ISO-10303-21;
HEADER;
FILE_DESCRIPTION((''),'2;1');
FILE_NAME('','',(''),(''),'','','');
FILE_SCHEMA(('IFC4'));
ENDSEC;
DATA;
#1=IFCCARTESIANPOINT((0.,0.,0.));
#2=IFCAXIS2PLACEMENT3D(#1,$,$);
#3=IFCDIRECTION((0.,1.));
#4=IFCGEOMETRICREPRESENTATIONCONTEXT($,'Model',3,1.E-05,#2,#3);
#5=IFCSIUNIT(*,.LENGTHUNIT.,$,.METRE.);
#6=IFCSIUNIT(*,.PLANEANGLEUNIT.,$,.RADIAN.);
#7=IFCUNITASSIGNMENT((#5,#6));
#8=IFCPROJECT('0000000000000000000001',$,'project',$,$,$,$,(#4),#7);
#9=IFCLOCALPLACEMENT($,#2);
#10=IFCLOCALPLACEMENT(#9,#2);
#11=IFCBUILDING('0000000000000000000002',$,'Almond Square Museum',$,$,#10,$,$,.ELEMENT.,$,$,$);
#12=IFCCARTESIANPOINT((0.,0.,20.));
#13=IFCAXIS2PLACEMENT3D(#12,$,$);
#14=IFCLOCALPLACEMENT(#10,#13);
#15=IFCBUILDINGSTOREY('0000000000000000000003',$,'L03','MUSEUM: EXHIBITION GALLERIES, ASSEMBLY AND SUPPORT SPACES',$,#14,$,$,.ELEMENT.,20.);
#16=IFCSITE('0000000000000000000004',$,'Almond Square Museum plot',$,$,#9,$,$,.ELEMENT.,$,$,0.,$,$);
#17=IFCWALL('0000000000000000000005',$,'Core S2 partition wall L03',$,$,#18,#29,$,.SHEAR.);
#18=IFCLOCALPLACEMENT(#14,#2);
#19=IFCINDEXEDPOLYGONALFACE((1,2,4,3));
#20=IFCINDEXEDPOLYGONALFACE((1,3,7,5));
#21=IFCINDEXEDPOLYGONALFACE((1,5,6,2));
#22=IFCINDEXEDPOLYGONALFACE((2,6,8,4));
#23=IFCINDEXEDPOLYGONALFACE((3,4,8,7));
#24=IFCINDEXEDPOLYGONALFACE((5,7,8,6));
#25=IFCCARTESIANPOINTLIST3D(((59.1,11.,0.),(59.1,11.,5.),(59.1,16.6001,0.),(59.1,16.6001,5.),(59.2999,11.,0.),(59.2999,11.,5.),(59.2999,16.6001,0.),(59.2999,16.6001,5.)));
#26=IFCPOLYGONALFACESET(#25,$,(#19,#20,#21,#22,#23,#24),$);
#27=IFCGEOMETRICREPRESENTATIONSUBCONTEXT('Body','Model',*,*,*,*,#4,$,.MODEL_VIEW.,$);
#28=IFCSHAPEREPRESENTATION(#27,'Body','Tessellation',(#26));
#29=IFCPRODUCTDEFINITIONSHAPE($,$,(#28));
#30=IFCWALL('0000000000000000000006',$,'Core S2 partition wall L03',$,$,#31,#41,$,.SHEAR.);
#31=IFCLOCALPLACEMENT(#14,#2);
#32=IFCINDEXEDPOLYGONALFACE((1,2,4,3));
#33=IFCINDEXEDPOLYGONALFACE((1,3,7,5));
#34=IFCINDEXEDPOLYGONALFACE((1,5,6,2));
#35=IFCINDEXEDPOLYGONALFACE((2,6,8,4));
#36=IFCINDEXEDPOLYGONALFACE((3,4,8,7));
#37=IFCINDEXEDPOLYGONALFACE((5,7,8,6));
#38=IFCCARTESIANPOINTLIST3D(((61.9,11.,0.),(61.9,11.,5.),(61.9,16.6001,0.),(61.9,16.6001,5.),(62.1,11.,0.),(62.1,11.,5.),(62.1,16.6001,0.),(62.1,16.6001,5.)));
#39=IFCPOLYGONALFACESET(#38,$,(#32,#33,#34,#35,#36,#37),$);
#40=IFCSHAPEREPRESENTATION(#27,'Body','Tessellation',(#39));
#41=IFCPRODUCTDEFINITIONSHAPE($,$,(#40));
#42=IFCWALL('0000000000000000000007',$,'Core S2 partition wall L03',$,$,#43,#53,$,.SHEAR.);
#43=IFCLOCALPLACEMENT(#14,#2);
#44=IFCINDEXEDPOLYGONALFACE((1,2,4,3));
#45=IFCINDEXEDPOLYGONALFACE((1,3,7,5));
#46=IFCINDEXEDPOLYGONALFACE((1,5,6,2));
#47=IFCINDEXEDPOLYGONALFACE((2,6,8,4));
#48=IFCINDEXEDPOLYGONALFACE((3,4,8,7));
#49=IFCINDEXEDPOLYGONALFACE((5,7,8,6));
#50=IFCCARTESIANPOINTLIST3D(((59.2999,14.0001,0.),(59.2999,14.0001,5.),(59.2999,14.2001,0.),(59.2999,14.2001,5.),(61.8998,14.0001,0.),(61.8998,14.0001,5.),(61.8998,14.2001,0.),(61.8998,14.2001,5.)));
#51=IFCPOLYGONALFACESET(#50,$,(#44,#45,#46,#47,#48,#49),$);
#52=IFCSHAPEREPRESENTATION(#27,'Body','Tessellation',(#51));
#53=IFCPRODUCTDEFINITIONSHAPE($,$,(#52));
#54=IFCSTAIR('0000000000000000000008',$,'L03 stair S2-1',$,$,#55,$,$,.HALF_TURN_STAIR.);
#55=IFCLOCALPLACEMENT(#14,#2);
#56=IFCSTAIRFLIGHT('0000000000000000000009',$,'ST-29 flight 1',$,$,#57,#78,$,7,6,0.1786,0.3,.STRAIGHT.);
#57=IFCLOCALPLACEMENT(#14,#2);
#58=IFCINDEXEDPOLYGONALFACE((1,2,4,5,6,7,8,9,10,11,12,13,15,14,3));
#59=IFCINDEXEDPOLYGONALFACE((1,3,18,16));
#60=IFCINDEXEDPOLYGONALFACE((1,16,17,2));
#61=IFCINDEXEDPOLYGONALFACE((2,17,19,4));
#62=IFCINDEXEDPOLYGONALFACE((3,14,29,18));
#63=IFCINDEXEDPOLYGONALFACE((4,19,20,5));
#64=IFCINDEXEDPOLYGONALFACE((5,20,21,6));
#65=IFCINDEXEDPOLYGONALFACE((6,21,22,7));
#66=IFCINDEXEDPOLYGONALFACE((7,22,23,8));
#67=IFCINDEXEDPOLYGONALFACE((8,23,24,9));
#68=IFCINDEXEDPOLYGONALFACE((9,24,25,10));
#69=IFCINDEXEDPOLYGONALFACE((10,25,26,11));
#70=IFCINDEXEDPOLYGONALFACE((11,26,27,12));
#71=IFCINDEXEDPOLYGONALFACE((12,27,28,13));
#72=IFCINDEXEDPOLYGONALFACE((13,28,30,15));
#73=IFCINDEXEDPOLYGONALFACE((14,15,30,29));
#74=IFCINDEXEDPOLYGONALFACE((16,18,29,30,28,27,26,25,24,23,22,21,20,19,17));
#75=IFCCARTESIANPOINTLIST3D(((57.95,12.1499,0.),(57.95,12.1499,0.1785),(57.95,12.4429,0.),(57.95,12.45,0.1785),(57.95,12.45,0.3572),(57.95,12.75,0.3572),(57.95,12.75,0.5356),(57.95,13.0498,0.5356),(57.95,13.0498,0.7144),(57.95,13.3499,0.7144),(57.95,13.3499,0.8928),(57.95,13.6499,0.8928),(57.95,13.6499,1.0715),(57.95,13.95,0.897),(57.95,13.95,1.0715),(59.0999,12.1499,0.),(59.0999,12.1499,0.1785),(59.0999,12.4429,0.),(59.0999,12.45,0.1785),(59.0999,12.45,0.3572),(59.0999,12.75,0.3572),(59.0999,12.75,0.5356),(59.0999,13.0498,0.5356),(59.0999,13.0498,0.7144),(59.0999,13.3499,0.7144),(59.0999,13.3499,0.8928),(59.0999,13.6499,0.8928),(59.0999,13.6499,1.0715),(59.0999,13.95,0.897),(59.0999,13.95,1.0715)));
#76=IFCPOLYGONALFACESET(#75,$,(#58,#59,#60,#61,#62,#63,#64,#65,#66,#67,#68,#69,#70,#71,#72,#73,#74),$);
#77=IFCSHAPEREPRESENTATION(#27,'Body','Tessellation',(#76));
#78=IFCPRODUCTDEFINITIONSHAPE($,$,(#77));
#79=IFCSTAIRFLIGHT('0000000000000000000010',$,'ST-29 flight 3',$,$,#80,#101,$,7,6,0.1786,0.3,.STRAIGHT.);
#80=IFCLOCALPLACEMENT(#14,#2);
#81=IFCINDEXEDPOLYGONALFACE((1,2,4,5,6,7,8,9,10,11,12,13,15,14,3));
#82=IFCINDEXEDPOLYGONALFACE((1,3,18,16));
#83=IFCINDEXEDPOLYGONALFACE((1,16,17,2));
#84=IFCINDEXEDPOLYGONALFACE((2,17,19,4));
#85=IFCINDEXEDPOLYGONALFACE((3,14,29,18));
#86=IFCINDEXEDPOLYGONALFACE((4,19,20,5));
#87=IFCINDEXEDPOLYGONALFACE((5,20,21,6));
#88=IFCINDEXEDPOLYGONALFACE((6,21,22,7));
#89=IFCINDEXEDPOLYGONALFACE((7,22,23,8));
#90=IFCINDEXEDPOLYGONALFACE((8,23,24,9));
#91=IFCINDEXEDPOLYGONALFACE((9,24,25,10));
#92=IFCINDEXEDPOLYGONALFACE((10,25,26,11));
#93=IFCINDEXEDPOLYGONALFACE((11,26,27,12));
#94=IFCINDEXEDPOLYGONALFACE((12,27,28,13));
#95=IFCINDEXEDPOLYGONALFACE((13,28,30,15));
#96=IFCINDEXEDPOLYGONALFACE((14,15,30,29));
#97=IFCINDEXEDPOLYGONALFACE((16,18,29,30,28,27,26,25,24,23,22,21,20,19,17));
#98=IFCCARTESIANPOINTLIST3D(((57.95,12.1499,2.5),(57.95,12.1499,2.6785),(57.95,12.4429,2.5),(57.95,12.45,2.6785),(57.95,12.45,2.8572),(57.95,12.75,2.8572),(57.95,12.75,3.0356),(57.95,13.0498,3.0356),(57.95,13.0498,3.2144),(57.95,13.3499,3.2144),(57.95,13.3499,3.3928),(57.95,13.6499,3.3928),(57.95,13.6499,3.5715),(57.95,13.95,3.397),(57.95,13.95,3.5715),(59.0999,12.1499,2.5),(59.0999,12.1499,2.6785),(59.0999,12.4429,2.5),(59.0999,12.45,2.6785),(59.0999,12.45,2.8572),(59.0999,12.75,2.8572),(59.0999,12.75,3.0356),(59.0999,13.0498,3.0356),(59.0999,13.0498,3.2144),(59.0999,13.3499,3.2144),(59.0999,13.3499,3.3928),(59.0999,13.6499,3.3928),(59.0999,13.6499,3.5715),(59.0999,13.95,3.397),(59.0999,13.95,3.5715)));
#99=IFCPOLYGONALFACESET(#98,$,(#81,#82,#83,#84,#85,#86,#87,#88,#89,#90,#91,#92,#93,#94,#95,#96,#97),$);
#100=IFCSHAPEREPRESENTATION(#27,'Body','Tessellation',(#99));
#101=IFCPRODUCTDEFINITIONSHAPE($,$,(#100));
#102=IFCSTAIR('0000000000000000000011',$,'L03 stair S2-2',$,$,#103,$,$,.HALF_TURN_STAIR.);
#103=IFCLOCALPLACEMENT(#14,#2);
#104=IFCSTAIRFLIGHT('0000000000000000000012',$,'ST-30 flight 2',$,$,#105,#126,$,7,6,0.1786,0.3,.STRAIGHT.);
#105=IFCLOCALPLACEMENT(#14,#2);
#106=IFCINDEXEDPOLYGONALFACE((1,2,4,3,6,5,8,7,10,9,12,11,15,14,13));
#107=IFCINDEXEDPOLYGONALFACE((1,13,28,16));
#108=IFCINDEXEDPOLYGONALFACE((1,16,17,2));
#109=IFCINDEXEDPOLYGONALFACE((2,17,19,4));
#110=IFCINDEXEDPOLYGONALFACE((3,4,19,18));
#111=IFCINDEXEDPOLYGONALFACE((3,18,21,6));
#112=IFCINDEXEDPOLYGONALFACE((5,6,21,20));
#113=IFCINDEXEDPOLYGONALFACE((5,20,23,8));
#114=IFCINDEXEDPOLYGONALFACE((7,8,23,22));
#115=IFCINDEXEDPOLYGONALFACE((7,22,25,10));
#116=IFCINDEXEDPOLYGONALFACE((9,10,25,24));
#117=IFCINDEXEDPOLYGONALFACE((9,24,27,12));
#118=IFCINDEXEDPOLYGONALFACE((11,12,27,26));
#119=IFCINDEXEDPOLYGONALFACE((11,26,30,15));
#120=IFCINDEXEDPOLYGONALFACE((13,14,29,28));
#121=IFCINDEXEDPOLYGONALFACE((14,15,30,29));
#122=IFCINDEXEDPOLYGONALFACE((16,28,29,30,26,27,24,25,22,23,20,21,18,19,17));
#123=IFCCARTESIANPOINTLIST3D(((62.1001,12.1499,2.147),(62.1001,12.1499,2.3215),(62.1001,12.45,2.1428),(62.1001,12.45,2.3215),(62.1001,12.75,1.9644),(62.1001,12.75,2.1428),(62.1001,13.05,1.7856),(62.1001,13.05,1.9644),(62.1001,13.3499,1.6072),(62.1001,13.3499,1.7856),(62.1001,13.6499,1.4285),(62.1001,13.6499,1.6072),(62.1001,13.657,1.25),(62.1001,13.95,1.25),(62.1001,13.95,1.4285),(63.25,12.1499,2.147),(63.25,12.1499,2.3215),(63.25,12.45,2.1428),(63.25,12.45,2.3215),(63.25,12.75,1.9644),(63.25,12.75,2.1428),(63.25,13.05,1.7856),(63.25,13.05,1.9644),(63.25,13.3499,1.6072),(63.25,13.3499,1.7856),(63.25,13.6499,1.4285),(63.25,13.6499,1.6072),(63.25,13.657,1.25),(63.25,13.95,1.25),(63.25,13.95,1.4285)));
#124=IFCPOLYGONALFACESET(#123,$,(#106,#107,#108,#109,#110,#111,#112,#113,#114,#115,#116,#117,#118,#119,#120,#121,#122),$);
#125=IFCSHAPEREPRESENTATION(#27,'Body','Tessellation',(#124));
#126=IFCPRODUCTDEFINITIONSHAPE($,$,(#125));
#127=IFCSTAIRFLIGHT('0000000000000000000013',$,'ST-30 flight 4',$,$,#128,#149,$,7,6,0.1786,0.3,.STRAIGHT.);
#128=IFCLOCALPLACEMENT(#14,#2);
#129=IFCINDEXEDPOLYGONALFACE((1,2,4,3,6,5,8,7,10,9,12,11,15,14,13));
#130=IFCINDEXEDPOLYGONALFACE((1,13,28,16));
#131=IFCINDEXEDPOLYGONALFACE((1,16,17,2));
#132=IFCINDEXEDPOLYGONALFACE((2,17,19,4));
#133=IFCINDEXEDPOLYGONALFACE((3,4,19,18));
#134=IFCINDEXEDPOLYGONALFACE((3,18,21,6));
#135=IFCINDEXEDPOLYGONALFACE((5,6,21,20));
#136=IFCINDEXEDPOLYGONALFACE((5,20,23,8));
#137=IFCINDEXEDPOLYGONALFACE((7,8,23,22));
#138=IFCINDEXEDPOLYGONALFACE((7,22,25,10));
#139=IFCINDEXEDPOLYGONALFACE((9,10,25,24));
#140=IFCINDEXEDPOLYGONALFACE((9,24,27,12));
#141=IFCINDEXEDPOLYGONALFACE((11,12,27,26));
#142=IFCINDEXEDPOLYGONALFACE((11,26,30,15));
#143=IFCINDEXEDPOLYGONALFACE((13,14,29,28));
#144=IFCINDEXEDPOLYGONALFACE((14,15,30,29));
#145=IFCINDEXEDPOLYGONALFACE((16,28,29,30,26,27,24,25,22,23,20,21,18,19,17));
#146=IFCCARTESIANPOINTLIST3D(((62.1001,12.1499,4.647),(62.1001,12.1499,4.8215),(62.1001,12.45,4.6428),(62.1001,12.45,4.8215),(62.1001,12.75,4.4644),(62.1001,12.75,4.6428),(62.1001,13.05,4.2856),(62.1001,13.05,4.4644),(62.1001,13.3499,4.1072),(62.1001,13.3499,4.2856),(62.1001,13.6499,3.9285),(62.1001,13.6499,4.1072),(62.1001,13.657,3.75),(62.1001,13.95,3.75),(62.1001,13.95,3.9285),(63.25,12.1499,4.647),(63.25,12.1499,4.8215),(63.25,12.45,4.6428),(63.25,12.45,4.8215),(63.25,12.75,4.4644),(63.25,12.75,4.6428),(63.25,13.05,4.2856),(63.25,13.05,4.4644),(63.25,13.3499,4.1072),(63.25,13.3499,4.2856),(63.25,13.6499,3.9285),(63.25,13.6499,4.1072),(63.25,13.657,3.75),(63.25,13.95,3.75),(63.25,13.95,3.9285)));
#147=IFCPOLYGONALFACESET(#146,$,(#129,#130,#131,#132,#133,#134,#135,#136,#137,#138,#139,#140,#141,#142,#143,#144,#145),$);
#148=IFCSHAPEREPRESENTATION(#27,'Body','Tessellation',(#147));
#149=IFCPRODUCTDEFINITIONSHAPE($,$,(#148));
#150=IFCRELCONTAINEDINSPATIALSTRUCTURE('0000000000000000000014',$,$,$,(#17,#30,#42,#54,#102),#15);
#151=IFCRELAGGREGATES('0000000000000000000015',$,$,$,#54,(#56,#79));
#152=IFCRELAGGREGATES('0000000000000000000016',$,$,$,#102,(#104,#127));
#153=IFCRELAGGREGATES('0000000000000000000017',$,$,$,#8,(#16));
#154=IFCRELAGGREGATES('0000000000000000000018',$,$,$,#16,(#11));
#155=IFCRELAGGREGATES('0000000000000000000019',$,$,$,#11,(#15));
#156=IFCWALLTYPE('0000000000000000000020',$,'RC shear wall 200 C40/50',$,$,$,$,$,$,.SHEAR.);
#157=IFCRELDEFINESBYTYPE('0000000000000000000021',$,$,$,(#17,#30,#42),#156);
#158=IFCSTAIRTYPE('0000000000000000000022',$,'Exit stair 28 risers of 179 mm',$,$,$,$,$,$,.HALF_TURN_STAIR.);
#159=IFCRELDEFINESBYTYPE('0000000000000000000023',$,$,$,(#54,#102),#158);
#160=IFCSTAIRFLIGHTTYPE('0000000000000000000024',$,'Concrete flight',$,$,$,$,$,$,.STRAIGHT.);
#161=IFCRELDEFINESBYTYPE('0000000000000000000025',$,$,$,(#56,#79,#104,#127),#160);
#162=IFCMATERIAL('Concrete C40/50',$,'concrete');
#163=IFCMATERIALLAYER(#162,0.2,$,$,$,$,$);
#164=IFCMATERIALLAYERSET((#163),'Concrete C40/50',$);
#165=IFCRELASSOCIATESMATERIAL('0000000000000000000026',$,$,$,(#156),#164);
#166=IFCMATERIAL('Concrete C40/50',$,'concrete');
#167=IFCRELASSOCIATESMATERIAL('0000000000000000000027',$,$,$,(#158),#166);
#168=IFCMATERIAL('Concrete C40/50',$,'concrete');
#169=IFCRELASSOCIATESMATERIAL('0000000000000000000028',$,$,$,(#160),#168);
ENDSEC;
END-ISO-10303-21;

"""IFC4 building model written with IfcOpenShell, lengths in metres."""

from ifc_helpers import new_model, si_unit, direction, frame, frame_2d, origin, place, context, subcontext, project, spatial, polyline, rectangle, outline, extrude, material, layer, layer_set, type_object, element, aggregate, save


model = new_model("IFC4")

# Units and contexts
model_context = context("Model", 3, precision=1e-05, world=origin(), true_north=direction((0.0, 1.0)))
body_context = subcontext(model_context, "Body", "Model", "MODEL_VIEW")
ifc_project = project(units=[si_unit("LENGTHUNIT", "METRE"), si_unit("PLANEANGLEUNIT", "RADIAN")], contexts=[model_context])

# Site, building, storey
site_placement = place(None, origin())
site = spatial("IfcSite", under=ifc_project, at=site_placement, Name="Almond Square Museum plot", CompositionType="ELEMENT", RefElevation=0.0)
building_placement = place(site_placement, origin())
building = spatial("IfcBuilding", under=site, at=building_placement, Name="Almond Square Museum", CompositionType="ELEMENT")
storey_placement = place(building_placement, frame((0.0, 0.0, 20.0)))
storey = spatial("IfcBuildingStorey", under=building, at=storey_placement, Name="L03", Description="MUSEUM: EXHIBITION GALLERIES, ASSEMBLY AND SUPPORT SPACES", CompositionType="ELEMENT", Elevation=20.0)

# Walls
ifc_material_1 = material(Name="Concrete C40/50", Category="concrete")
ifc_layer = layer(ifc_material_1, 0.2)
ifc_layer_set = layer_set([ifc_layer], Name="Concrete C40/50")
wall_type = type_object("IfcWallType", Name="RC shear wall 200 C40/50", PredefinedType="SHEAR", material=ifc_layer_set)
for number, where, z_axis, x_axis, name in (
    (1, (59.2, 11.0, 0.0), (0.0, 0.0, 1.0), (0.0, 1.0, 0.0), "Core S2 partition wall L03"),
    (2, (62.0, 11.0, 0.0), (0.0, 0.0, 1.0), (0.0, 1.0, 0.0), "Core S2 partition wall L03"),
):
    element("IfcWall", number, at=place(storey_placement, frame(where, z_axis=z_axis, x_axis=x_axis)), inside=storey, type_object=wall_type, Name=name, PredefinedType="SHEAR", context=body_context, shape_type="SweptSolid", body=[
        extrude(rectangle(XDim=5.6001, YDim=0.2, at=frame_2d((2.8, 0.0))), origin(), (0.0, 0.0, 1.0), 5.0),
    ])
wall_placement = place(storey_placement, frame((59.3, 14.1001, 0.0), z_axis=(0.0, 0.0, 1.0), x_axis=(1.0, 0.0, 0.0)))
element("IfcWall", 3, at=wall_placement, inside=storey, type_object=wall_type, Name="Core S2 partition wall L03", PredefinedType="SHEAR", context=body_context, shape_type="SweptSolid", body=[
    extrude(rectangle(XDim=2.5999, YDim=0.2, at=frame_2d((1.2998, 0.0))), origin(), (0.0, 0.0, 1.0), 5.0),
])

# Stairs, stair flights
ifc_material_2 = material(Name="Concrete C40/50", Category="concrete")
stair_type = type_object("IfcStairType", Name="Exit stair 28 risers of 179 mm", PredefinedType="HALF_TURN_STAIR", material=ifc_material_2)
stair_1_placement = place(storey_placement, origin())
stair_1 = element("IfcStair", 4, at=stair_1_placement, inside=storey, type_object=stair_type, Name="L03 stair S2-1", PredefinedType="HALF_TURN_STAIR")
ifc_material_3 = material(Name="Concrete C40/50", Category="concrete")
stair_flight_type = type_object("IfcStairFlightType", Name="Concrete flight", PredefinedType="STRAIGHT", material=ifc_material_3)
stair_flight_1_placement = place(storey_placement, frame((58.5249, 12.1499, 0.0), z_axis=(0.0, 0.0, 1.0), x_axis=(0.0, 1.0, 0.0)))
stair_flight_1 = element("IfcStairFlight", 5, at=stair_flight_1_placement, type_object=stair_flight_type, Name="ST-29 flight 1", NumberOfRisers=7, NumberOfTreads=6, PredefinedType="STRAIGHT", RiserHeight=0.1786, TreadLength=0.3, context=body_context, shape_type="SweptSolid", body=[
    extrude(outline(polyline([(0.0, 0.0), (0.0, 0.1785), (0.3, 0.1785), (0.3, 0.3572), (0.6001, 0.3572), (0.6001, 0.5356), (0.8999, 0.5356), (0.8999, 0.7144), (1.2, 0.7144), (1.2, 0.8928), (1.5, 0.8928), (1.5, 1.0715), (1.8, 1.0715), (1.8, 1.25), (1.8, 0.897), (0.293, 0.0), (0.0, 0.0)])), frame((0.0, 0.575, 0.0), z_axis=(0.0, -1.0, 0.0), x_axis=(1.0, 0.0, 0.0)), (0.0, 0.0, 1.0), 1.1499),
])
stair_flight_2_placement = place(storey_placement, frame((58.5249, 12.1499, 2.5), z_axis=(0.0, 0.0, 1.0), x_axis=(0.0, 1.0, 0.0)))
stair_flight_2 = element("IfcStairFlight", 6, at=stair_flight_2_placement, type_object=stair_flight_type, Name="ST-29 flight 3", NumberOfRisers=7, NumberOfTreads=6, PredefinedType="STRAIGHT", RiserHeight=0.1786, TreadLength=0.3, context=body_context, shape_type="SweptSolid", body=[
    extrude(outline(polyline([(0.0, 0.0), (0.0, 0.1785), (0.3, 0.1785), (0.3, 0.3572), (0.6001, 0.3572), (0.6001, 0.5356), (0.8999, 0.5356), (0.8999, 0.7144), (1.2, 0.7144), (1.2, 0.8928), (1.5, 0.8928), (1.5, 1.0715), (1.8, 1.0715), (1.8, 1.25), (1.8, 0.897), (0.293, 0.0), (0.0, 0.0)])), frame((0.0, 0.575, 0.0), z_axis=(0.0, -1.0, 0.0), x_axis=(1.0, 0.0, 0.0)), (0.0, 0.0, 1.0), 1.1499),
])
aggregate(stair_1, [stair_flight_1, stair_flight_2])
stair_2_placement = place(storey_placement, origin())
stair_2 = element("IfcStair", 7, at=stair_2_placement, inside=storey, type_object=stair_type, Name="L03 stair S2-2", PredefinedType="HALF_TURN_STAIR")
stair_flight_3_placement = place(storey_placement, frame((62.675, 13.95, 1.25), z_axis=(0.0, 0.0, 1.0), x_axis=(0.0, -1.0, 0.0)))
stair_flight_3 = element("IfcStairFlight", 8, at=stair_flight_3_placement, type_object=stair_flight_type, Name="ST-30 flight 2", NumberOfRisers=7, NumberOfTreads=6, PredefinedType="STRAIGHT", RiserHeight=0.1786, TreadLength=0.3, context=body_context, shape_type="SweptSolid", body=[
    extrude(outline(polyline([(0.0, 0.0), (0.0, 0.1785), (0.3, 0.1785), (0.3, 0.3572), (0.6001, 0.3572), (0.6001, 0.5356), (0.8999, 0.5356), (0.8999, 0.7144), (1.2, 0.7144), (1.2, 0.8928), (1.5, 0.8928), (1.5, 1.0715), (1.8, 1.0715), (1.8, 1.25), (1.8, 0.897), (0.293, 0.0), (0.0, 0.0)])), frame((0.0, 0.575, 0.0), z_axis=(0.0, -1.0, 0.0), x_axis=(1.0, 0.0, 0.0)), (0.0, 0.0, 1.0), 1.1499),
])
stair_flight_4_placement = place(storey_placement, frame((62.675, 13.95, 3.75), z_axis=(0.0, 0.0, 1.0), x_axis=(0.0, -1.0, 0.0)))
stair_flight_4 = element("IfcStairFlight", 9, at=stair_flight_4_placement, type_object=stair_flight_type, Name="ST-30 flight 4", NumberOfRisers=7, NumberOfTreads=6, PredefinedType="STRAIGHT", RiserHeight=0.1786, TreadLength=0.3, context=body_context, shape_type="SweptSolid", body=[
    extrude(outline(polyline([(0.0, 0.0), (0.0, 0.1785), (0.3, 0.1785), (0.3, 0.3572), (0.6001, 0.3572), (0.6001, 0.5356), (0.8999, 0.5356), (0.8999, 0.7144), (1.2, 0.7144), (1.2, 0.8928), (1.5, 0.8928), (1.5, 1.0715), (1.8, 1.0715), (1.8, 1.25), (1.8, 0.897), (0.293, 0.0), (0.0, 0.0)])), frame((0.0, 0.575, 0.0), z_axis=(0.0, -1.0, 0.0), x_axis=(1.0, 0.0, 0.0)), (0.0, 0.0, 1.0), 1.1499),
])
aggregate(stair_2, [stair_flight_3, stair_flight_4])

save(model, "model.ifc")
